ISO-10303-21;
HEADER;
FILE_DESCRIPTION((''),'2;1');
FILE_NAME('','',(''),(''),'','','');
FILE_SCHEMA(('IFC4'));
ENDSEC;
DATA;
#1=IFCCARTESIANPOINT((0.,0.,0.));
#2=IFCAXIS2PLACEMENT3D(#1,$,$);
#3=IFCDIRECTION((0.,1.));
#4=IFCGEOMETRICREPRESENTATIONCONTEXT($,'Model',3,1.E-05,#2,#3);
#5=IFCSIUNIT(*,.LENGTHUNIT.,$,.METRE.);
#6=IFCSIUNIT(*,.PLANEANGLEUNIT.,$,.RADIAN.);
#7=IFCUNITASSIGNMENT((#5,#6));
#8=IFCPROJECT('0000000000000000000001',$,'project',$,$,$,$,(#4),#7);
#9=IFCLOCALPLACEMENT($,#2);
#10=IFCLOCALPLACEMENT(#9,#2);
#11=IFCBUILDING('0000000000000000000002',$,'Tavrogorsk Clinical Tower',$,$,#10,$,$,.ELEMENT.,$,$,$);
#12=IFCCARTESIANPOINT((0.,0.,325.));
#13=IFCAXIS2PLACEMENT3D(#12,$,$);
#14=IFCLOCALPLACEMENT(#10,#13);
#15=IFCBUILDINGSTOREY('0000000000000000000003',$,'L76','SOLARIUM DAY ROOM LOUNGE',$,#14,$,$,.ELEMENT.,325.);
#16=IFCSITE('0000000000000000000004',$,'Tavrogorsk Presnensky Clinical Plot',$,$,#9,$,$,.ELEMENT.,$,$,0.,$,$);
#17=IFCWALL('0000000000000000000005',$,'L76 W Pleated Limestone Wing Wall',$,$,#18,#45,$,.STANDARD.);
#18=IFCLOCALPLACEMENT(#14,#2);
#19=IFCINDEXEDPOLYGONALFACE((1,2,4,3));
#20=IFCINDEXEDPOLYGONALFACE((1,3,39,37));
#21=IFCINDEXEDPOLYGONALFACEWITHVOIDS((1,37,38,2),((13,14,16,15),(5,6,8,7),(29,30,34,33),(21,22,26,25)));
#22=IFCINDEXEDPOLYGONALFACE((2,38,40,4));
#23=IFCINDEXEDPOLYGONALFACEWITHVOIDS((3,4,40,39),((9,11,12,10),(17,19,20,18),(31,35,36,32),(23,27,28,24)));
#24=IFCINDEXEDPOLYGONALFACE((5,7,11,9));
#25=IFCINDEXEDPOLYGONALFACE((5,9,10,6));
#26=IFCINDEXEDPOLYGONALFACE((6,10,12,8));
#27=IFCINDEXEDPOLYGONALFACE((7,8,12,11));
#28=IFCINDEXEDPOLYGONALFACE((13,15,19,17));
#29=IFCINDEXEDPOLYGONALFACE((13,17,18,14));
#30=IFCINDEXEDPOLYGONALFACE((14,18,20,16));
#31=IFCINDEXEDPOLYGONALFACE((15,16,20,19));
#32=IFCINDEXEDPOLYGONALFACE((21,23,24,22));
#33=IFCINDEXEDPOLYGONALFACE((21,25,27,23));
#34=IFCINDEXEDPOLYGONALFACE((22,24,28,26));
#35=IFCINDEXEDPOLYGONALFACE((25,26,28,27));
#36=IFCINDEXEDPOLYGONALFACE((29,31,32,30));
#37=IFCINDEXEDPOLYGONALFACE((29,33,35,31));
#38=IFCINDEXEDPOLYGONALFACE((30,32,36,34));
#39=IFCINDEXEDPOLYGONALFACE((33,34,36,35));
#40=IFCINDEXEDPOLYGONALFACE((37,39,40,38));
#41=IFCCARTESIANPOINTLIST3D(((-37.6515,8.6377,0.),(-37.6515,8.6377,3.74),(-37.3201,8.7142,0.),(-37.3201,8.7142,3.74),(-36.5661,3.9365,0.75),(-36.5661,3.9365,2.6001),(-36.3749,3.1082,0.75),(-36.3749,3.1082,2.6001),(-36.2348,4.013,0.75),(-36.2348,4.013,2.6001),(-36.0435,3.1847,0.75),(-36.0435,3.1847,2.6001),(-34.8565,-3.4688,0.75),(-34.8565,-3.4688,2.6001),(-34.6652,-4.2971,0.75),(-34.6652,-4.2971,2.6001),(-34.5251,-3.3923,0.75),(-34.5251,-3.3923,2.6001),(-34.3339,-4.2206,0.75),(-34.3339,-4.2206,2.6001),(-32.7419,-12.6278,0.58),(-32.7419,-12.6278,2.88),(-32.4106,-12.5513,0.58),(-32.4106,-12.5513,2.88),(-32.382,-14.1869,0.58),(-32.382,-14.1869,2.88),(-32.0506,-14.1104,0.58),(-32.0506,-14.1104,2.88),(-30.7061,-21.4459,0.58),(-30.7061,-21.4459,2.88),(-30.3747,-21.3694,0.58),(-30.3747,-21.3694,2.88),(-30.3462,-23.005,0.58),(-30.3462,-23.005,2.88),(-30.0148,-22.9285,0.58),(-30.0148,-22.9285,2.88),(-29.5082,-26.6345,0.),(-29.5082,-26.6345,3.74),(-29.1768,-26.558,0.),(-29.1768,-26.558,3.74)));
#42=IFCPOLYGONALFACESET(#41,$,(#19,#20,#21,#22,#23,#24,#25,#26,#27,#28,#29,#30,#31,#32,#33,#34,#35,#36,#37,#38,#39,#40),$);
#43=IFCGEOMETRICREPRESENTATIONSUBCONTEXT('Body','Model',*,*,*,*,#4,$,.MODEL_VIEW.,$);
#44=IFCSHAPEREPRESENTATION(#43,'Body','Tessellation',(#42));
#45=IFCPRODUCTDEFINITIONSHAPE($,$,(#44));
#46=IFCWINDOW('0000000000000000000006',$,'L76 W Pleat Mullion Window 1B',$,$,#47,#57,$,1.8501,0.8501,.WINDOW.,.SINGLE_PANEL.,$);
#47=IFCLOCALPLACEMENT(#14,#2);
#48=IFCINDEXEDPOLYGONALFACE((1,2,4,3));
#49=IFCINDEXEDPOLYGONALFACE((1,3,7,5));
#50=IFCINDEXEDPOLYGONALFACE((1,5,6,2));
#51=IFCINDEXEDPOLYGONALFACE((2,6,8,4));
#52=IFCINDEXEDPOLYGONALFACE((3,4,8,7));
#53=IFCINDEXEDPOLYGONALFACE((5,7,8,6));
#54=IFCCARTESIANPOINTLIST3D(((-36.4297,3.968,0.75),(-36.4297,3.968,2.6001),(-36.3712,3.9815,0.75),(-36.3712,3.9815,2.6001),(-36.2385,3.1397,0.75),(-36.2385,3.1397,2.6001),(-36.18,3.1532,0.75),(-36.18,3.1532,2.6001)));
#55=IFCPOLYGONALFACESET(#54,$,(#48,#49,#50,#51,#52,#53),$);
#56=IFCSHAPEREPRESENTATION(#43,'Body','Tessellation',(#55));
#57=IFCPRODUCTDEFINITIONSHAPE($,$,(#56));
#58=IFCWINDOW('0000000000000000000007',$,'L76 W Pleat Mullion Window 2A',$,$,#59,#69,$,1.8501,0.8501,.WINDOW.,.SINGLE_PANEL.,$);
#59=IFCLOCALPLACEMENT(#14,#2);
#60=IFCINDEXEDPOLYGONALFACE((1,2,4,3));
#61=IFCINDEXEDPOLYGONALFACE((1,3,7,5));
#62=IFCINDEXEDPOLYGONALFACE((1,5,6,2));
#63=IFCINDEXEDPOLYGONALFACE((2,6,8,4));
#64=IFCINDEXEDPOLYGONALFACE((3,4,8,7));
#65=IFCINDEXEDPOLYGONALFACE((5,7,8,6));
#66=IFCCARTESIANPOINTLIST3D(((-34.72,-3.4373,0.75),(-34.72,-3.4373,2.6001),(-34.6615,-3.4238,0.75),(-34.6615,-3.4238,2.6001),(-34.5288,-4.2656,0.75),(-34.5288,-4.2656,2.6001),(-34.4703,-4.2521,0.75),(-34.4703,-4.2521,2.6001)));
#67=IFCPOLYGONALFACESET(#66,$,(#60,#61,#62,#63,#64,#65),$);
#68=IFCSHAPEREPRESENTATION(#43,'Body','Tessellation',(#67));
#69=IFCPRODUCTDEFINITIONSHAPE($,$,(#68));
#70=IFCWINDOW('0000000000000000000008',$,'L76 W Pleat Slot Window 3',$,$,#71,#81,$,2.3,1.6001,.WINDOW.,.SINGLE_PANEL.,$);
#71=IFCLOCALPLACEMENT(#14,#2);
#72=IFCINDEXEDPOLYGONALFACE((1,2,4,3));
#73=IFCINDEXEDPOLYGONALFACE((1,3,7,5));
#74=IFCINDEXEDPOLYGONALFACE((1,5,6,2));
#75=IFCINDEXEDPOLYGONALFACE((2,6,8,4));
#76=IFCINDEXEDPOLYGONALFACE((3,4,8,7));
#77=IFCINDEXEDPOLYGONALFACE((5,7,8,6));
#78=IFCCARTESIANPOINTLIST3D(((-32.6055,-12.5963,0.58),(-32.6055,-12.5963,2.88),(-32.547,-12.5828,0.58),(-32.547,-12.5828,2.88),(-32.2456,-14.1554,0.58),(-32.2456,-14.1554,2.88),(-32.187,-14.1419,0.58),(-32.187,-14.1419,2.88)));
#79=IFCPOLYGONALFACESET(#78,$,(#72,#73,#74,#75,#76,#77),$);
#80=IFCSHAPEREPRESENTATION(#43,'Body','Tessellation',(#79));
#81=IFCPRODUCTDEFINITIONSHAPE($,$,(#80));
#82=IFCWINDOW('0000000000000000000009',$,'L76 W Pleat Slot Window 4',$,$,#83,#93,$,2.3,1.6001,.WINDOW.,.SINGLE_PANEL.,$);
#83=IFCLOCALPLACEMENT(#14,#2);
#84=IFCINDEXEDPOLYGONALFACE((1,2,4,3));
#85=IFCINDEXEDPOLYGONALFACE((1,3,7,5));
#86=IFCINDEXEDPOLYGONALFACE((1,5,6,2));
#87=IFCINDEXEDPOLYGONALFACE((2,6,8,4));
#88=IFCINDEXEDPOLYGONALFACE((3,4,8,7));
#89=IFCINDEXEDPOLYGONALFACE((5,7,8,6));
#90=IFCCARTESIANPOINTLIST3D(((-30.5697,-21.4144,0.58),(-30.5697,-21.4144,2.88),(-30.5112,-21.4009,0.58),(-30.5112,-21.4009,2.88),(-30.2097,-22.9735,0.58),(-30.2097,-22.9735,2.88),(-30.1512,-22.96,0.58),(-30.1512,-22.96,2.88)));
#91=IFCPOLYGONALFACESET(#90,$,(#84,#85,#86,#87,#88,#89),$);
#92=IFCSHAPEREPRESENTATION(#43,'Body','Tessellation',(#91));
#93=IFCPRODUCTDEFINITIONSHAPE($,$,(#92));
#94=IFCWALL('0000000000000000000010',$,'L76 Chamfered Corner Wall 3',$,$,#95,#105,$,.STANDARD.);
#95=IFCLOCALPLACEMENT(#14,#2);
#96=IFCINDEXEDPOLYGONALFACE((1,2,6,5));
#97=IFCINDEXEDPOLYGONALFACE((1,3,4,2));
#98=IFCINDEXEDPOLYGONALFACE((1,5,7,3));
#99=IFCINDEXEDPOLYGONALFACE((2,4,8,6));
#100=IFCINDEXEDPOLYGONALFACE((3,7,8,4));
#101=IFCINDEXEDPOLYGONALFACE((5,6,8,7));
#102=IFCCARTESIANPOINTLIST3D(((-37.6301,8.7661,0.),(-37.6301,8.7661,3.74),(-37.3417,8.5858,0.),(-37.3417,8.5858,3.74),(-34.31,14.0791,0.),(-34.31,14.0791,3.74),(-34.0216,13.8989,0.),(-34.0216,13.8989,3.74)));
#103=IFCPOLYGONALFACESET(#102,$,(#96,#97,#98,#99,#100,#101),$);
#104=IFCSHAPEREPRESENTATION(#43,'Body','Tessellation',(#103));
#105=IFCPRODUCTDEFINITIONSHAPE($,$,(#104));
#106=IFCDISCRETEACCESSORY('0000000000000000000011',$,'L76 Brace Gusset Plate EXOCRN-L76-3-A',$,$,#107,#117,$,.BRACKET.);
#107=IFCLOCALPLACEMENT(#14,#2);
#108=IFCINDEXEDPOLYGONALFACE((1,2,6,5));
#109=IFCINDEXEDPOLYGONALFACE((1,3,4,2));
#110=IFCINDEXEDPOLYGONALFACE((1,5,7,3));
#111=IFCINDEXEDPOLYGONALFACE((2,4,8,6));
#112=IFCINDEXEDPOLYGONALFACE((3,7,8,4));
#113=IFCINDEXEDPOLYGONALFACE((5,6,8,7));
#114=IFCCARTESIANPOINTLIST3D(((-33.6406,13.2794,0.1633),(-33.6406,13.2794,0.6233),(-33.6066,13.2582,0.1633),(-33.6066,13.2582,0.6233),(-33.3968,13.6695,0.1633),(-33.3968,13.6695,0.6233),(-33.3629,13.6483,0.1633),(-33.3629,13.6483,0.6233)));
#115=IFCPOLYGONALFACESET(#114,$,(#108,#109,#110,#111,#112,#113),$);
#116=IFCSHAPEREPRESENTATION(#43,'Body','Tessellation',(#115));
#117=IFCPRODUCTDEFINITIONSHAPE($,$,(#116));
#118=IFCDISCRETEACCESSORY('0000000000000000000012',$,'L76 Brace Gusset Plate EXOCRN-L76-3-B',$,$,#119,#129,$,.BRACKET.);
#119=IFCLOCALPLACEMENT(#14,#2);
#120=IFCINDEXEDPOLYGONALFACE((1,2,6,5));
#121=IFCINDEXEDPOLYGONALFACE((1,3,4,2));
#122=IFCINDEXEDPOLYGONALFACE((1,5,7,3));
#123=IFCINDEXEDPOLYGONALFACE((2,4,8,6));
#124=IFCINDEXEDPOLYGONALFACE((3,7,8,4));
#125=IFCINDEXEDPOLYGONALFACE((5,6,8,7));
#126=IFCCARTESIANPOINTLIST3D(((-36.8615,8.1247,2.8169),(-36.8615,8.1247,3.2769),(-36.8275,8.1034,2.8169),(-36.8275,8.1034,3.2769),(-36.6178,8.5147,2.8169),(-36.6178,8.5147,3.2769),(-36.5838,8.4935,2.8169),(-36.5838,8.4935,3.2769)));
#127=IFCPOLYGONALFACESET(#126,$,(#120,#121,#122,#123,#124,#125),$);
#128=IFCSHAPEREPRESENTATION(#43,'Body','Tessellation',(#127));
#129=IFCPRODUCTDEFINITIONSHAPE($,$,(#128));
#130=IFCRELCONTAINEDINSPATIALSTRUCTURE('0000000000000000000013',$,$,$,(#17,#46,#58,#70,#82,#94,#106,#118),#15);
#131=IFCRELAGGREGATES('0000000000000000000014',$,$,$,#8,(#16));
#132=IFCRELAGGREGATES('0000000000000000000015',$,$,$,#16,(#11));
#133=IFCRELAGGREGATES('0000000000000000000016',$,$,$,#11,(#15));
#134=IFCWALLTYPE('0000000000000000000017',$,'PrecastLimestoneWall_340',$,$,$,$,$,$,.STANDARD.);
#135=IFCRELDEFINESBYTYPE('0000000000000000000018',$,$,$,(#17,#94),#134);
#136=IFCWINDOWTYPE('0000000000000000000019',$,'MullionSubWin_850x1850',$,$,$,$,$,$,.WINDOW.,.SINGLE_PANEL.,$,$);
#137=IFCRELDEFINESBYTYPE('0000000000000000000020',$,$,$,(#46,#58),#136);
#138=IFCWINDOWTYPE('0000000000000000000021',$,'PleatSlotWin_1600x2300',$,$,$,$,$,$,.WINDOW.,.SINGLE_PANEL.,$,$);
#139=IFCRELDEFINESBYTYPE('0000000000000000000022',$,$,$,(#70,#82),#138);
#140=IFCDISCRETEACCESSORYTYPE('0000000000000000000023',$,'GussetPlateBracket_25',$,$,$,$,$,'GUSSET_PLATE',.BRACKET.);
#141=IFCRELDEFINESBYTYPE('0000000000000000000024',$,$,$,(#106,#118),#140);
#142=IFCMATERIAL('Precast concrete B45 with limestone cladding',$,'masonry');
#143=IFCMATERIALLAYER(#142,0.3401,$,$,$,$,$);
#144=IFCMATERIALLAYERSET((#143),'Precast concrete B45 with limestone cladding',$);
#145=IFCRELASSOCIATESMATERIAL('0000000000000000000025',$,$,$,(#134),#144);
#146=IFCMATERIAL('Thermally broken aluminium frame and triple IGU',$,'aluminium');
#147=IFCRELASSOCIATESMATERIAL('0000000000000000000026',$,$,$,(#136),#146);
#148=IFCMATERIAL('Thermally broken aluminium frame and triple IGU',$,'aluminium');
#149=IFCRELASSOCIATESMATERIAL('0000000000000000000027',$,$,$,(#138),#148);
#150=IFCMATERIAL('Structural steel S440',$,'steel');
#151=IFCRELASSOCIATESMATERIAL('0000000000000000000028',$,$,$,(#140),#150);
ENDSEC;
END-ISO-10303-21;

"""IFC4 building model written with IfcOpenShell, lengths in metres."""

from ifc_helpers import new_model, si_unit, direction, frame, frame_2d, origin, origin_2d, place, context, subcontext, project, spatial, rectangle, extrude, material, layer, layer_set, type_object, element, fill, save


model = new_model("IFC4")

# Units and contexts
model_context = context("Model", 3, precision=1e-05, world=origin(), true_north=direction((0.0, 1.0)))
body_context = subcontext(model_context, "Body", "Model", "MODEL_VIEW")
ifc_project = project(units=[si_unit("LENGTHUNIT", "METRE"), si_unit("PLANEANGLEUNIT", "RADIAN")], contexts=[model_context])

# Site, building, storey
site_placement = place(None, origin())
site = spatial("IfcSite", under=ifc_project, at=site_placement, Name="Tavrogorsk Presnensky Clinical Plot", CompositionType="ELEMENT", RefElevation=0.0)
building_placement = place(site_placement, origin())
building = spatial("IfcBuilding", under=site, at=building_placement, Name="Tavrogorsk Clinical Tower", CompositionType="ELEMENT")
storey_placement = place(building_placement, frame((0.0, 0.0, 325.0)))
storey = spatial("IfcBuildingStorey", under=building, at=storey_placement, Name="L76", Description="SOLARIUM DAY ROOM LOUNGE", CompositionType="ELEMENT", Elevation=325.0)

# Wall, openings, windows
ifc_material_1 = material(Name="Precast concrete B45 with limestone cladding", Category="masonry")
ifc_layer_1 = layer(ifc_material_1, 0.3401)
ifc_layer_set_1 = layer_set([ifc_layer_1], Name="Precast concrete B45 with limestone cladding")
wall_type_1 = type_object("IfcWallType", Name="PrecastLimestoneWall_340", PredefinedType="STANDARD", material=ifc_layer_set_1)
wall_1_placement = place(storey_placement, frame((-37.4858, 8.676, 0.0), z_axis=(0.0, 0.0, 1.0), x_axis=(0.224953, -0.97437, 0.0)))
wall_1 = element("IfcWall", 1, at=wall_1_placement, inside=storey, type_object=wall_type_1, Name="L76 W Pleated Limestone Wing Wall", PredefinedType="STANDARD", context=body_context, shape_type="SweptSolid", body=[
    extrude(rectangle(XDim=36.2, YDim=0.3401, at=frame_2d((18.1001, 0.0))), origin(), (0.0, 0.0, 1.0), 3.74),
])
opening_1_placement = place(wall_1_placement, frame((4.825, 0.0, 0.75)))
opening_1 = element("IfcOpeningElement", 2, at=opening_1_placement, cuts=wall_1, PredefinedType="OPENING", context=body_context, shape_type="SweptSolid", body=[
    extrude(rectangle(XDim=0.8501, YDim=1.8501, at=frame_2d((0.425, 0.925))), frame((0.0, 0.1799, 0.0), z_axis=(0.0, -1.0, 0.0), x_axis=(1.0, 0.0, 0.0)), (0.0, 0.0, 1.0), 0.3601),
])
opening_2_placement = place(wall_1_placement, frame((12.425, 0.0, 0.75)))
opening_2 = element("IfcOpeningElement", 3, at=opening_2_placement, cuts=wall_1, PredefinedType="OPENING", context=body_context, shape_type="SweptSolid", body=[
    extrude(rectangle(XDim=0.8501, YDim=1.8501, at=frame_2d((0.425, 0.925))), frame((0.0, 0.1799, 0.0), z_axis=(0.0, -1.0, 0.0), x_axis=(1.0, 0.0, 0.0)), (0.0, 0.0, 1.0), 0.3601),
])
opening_3_placement = place(wall_1_placement, frame((21.825, 0.0, 0.5801)))
opening_3 = element("IfcOpeningElement", 4, at=opening_3_placement, cuts=wall_1, PredefinedType="OPENING", context=body_context, shape_type="SweptSolid", body=[
    extrude(rectangle(XDim=1.6001, YDim=2.3, at=frame_2d((0.8, 1.1499))), frame((0.0, 0.1799, 0.0), z_axis=(0.0, -1.0, 0.0), x_axis=(1.0, 0.0, 0.0)), (0.0, 0.0, 1.0), 0.3601),
])
opening_4_placement = place(wall_1_placement, frame((30.875, 0.0, 0.5801)))
opening_4 = element("IfcOpeningElement", 5, at=opening_4_placement, cuts=wall_1, PredefinedType="OPENING", context=body_context, shape_type="SweptSolid", body=[
    extrude(rectangle(XDim=1.6001, YDim=2.3, at=frame_2d((0.8, 1.1499))), frame((0.0, 0.1799, 0.0), z_axis=(0.0, -1.0, 0.0), x_axis=(1.0, 0.0, 0.0)), (0.0, 0.0, 1.0), 0.3601),
])
ifc_material_2 = material(Name="Thermally broken aluminium frame and triple IGU", Category="aluminium")
window_type_1 = type_object("IfcWindowType", Name="MullionSubWin_850x1850", PartitioningType="SINGLE_PANEL", PredefinedType="WINDOW", material=ifc_material_2)
window_1_placement = place(opening_1_placement, origin())
window_1 = element("IfcWindow", 6, at=window_1_placement, inside=storey, type_object=window_type_1, Name="L76 W Pleat Mullion Window 1B", OverallHeight=1.8501, OverallWidth=0.8501, PartitioningType="SINGLE_PANEL", PredefinedType="WINDOW", context=body_context, shape_type="SweptSolid", body=[
    extrude(rectangle(XDim=0.8501, YDim=1.8501, at=frame_2d((0.425, 0.925))), frame((0.0, 0.03, 0.0), z_axis=(0.0, -1.0, 0.0), x_axis=(1.0, 0.0, 0.0)), (0.0, 0.0, 1.0), 0.0601),
])
fill(opening_1, window_1)
window_2_placement = place(opening_2_placement, origin())
window_2 = element("IfcWindow", 7, at=window_2_placement, inside=storey, type_object=window_type_1, Name="L76 W Pleat Mullion Window 2A", OverallHeight=1.8501, OverallWidth=0.8501, PartitioningType="SINGLE_PANEL", PredefinedType="WINDOW", context=body_context, shape_type="SweptSolid", body=[
    extrude(rectangle(XDim=0.8501, YDim=1.8501, at=frame_2d((0.425, 0.925))), frame((0.0, 0.03, 0.0), z_axis=(0.0, -1.0, 0.0), x_axis=(1.0, 0.0, 0.0)), (0.0, 0.0, 1.0), 0.0601),
])
fill(opening_2, window_2)
ifc_material_3 = material(Name="Thermally broken aluminium frame and triple IGU", Category="aluminium")
window_type_2 = type_object("IfcWindowType", Name="PleatSlotWin_1600x2300", PartitioningType="SINGLE_PANEL", PredefinedType="WINDOW", material=ifc_material_3)
window_3_placement = place(opening_3_placement, origin())
window_3 = element("IfcWindow", 8, at=window_3_placement, inside=storey, type_object=window_type_2, Name="L76 W Pleat Slot Window 3", OverallHeight=2.3, OverallWidth=1.6001, PartitioningType="SINGLE_PANEL", PredefinedType="WINDOW", context=body_context, shape_type="SweptSolid", body=[
    extrude(rectangle(XDim=1.6001, YDim=2.3, at=frame_2d((0.8, 1.1499))), frame((0.0, 0.03, 0.0), z_axis=(0.0, -1.0, 0.0), x_axis=(1.0, 0.0, 0.0)), (0.0, 0.0, 1.0), 0.0601),
])
fill(opening_3, window_3)
window_4_placement = place(opening_4_placement, origin())
window_4 = element("IfcWindow", 9, at=window_4_placement, inside=storey, type_object=window_type_2, Name="L76 W Pleat Slot Window 4", OverallHeight=2.3, OverallWidth=1.6001, PartitioningType="SINGLE_PANEL", PredefinedType="WINDOW", context=body_context, shape_type="SweptSolid", body=[
    extrude(rectangle(XDim=1.6001, YDim=2.3, at=frame_2d((0.8, 1.1499))), frame((0.0, 0.03, 0.0), z_axis=(0.0, -1.0, 0.0), x_axis=(1.0, 0.0, 0.0)), (0.0, 0.0, 1.0), 0.0601),
])
fill(opening_4, window_4)

# Wall
wall_2_placement = place(storey_placement, frame((-34.1658, 13.989, 0.0), z_axis=(0.0, 0.0, 1.0), x_axis=(-0.529936, -0.848038, 0.0)))
element("IfcWall", 10, at=wall_2_placement, inside=storey, type_object=wall_type_1, Name="L76 Chamfered Corner Wall 3", PredefinedType="STANDARD", context=body_context, shape_type="SweptSolid", body=[
    extrude(rectangle(XDim=6.2651, YDim=0.3401, at=frame_2d((3.1326, 0.0))), origin(), (0.0, 0.0, 1.0), 3.74),
])

# Discrete accessories
ifc_material_4 = material(Name="Structural steel S440", Category="steel")
discrete_accessory_type = type_object("IfcDiscreteAccessoryType", Name="GussetPlateBracket_25", ElementType="GUSSET_PLATE", PredefinedType="BRACKET", material=ifc_material_4)
for number, where, z_axis, x_axis, name in (
    (11, (-33.5017, 13.4639, 0.1633), (0.0, 0.0, 1.0), (-0.529919, -0.848048, 0.0), "L76 Brace Gusset Plate EXOCRN-L76-3-A"),
    (12, (-36.7227, 8.3091, 2.8169), (0.0, 0.0, 1.0), (-0.529919, -0.848048, 0.0), "L76 Brace Gusset Plate EXOCRN-L76-3-B"),
):
    element("IfcDiscreteAccessory", number, at=place(storey_placement, frame(where, z_axis=z_axis, x_axis=x_axis)), inside=storey, type_object=discrete_accessory_type, Name=name, PredefinedType="BRACKET", context=body_context, shape_type="SweptSolid", body=[
        extrude(rectangle(XDim=0.46, YDim=0.04, at=origin_2d()), origin(), (0.0, 0.0, 1.0), 0.46),
    ])

save(model, "model.ifc")
